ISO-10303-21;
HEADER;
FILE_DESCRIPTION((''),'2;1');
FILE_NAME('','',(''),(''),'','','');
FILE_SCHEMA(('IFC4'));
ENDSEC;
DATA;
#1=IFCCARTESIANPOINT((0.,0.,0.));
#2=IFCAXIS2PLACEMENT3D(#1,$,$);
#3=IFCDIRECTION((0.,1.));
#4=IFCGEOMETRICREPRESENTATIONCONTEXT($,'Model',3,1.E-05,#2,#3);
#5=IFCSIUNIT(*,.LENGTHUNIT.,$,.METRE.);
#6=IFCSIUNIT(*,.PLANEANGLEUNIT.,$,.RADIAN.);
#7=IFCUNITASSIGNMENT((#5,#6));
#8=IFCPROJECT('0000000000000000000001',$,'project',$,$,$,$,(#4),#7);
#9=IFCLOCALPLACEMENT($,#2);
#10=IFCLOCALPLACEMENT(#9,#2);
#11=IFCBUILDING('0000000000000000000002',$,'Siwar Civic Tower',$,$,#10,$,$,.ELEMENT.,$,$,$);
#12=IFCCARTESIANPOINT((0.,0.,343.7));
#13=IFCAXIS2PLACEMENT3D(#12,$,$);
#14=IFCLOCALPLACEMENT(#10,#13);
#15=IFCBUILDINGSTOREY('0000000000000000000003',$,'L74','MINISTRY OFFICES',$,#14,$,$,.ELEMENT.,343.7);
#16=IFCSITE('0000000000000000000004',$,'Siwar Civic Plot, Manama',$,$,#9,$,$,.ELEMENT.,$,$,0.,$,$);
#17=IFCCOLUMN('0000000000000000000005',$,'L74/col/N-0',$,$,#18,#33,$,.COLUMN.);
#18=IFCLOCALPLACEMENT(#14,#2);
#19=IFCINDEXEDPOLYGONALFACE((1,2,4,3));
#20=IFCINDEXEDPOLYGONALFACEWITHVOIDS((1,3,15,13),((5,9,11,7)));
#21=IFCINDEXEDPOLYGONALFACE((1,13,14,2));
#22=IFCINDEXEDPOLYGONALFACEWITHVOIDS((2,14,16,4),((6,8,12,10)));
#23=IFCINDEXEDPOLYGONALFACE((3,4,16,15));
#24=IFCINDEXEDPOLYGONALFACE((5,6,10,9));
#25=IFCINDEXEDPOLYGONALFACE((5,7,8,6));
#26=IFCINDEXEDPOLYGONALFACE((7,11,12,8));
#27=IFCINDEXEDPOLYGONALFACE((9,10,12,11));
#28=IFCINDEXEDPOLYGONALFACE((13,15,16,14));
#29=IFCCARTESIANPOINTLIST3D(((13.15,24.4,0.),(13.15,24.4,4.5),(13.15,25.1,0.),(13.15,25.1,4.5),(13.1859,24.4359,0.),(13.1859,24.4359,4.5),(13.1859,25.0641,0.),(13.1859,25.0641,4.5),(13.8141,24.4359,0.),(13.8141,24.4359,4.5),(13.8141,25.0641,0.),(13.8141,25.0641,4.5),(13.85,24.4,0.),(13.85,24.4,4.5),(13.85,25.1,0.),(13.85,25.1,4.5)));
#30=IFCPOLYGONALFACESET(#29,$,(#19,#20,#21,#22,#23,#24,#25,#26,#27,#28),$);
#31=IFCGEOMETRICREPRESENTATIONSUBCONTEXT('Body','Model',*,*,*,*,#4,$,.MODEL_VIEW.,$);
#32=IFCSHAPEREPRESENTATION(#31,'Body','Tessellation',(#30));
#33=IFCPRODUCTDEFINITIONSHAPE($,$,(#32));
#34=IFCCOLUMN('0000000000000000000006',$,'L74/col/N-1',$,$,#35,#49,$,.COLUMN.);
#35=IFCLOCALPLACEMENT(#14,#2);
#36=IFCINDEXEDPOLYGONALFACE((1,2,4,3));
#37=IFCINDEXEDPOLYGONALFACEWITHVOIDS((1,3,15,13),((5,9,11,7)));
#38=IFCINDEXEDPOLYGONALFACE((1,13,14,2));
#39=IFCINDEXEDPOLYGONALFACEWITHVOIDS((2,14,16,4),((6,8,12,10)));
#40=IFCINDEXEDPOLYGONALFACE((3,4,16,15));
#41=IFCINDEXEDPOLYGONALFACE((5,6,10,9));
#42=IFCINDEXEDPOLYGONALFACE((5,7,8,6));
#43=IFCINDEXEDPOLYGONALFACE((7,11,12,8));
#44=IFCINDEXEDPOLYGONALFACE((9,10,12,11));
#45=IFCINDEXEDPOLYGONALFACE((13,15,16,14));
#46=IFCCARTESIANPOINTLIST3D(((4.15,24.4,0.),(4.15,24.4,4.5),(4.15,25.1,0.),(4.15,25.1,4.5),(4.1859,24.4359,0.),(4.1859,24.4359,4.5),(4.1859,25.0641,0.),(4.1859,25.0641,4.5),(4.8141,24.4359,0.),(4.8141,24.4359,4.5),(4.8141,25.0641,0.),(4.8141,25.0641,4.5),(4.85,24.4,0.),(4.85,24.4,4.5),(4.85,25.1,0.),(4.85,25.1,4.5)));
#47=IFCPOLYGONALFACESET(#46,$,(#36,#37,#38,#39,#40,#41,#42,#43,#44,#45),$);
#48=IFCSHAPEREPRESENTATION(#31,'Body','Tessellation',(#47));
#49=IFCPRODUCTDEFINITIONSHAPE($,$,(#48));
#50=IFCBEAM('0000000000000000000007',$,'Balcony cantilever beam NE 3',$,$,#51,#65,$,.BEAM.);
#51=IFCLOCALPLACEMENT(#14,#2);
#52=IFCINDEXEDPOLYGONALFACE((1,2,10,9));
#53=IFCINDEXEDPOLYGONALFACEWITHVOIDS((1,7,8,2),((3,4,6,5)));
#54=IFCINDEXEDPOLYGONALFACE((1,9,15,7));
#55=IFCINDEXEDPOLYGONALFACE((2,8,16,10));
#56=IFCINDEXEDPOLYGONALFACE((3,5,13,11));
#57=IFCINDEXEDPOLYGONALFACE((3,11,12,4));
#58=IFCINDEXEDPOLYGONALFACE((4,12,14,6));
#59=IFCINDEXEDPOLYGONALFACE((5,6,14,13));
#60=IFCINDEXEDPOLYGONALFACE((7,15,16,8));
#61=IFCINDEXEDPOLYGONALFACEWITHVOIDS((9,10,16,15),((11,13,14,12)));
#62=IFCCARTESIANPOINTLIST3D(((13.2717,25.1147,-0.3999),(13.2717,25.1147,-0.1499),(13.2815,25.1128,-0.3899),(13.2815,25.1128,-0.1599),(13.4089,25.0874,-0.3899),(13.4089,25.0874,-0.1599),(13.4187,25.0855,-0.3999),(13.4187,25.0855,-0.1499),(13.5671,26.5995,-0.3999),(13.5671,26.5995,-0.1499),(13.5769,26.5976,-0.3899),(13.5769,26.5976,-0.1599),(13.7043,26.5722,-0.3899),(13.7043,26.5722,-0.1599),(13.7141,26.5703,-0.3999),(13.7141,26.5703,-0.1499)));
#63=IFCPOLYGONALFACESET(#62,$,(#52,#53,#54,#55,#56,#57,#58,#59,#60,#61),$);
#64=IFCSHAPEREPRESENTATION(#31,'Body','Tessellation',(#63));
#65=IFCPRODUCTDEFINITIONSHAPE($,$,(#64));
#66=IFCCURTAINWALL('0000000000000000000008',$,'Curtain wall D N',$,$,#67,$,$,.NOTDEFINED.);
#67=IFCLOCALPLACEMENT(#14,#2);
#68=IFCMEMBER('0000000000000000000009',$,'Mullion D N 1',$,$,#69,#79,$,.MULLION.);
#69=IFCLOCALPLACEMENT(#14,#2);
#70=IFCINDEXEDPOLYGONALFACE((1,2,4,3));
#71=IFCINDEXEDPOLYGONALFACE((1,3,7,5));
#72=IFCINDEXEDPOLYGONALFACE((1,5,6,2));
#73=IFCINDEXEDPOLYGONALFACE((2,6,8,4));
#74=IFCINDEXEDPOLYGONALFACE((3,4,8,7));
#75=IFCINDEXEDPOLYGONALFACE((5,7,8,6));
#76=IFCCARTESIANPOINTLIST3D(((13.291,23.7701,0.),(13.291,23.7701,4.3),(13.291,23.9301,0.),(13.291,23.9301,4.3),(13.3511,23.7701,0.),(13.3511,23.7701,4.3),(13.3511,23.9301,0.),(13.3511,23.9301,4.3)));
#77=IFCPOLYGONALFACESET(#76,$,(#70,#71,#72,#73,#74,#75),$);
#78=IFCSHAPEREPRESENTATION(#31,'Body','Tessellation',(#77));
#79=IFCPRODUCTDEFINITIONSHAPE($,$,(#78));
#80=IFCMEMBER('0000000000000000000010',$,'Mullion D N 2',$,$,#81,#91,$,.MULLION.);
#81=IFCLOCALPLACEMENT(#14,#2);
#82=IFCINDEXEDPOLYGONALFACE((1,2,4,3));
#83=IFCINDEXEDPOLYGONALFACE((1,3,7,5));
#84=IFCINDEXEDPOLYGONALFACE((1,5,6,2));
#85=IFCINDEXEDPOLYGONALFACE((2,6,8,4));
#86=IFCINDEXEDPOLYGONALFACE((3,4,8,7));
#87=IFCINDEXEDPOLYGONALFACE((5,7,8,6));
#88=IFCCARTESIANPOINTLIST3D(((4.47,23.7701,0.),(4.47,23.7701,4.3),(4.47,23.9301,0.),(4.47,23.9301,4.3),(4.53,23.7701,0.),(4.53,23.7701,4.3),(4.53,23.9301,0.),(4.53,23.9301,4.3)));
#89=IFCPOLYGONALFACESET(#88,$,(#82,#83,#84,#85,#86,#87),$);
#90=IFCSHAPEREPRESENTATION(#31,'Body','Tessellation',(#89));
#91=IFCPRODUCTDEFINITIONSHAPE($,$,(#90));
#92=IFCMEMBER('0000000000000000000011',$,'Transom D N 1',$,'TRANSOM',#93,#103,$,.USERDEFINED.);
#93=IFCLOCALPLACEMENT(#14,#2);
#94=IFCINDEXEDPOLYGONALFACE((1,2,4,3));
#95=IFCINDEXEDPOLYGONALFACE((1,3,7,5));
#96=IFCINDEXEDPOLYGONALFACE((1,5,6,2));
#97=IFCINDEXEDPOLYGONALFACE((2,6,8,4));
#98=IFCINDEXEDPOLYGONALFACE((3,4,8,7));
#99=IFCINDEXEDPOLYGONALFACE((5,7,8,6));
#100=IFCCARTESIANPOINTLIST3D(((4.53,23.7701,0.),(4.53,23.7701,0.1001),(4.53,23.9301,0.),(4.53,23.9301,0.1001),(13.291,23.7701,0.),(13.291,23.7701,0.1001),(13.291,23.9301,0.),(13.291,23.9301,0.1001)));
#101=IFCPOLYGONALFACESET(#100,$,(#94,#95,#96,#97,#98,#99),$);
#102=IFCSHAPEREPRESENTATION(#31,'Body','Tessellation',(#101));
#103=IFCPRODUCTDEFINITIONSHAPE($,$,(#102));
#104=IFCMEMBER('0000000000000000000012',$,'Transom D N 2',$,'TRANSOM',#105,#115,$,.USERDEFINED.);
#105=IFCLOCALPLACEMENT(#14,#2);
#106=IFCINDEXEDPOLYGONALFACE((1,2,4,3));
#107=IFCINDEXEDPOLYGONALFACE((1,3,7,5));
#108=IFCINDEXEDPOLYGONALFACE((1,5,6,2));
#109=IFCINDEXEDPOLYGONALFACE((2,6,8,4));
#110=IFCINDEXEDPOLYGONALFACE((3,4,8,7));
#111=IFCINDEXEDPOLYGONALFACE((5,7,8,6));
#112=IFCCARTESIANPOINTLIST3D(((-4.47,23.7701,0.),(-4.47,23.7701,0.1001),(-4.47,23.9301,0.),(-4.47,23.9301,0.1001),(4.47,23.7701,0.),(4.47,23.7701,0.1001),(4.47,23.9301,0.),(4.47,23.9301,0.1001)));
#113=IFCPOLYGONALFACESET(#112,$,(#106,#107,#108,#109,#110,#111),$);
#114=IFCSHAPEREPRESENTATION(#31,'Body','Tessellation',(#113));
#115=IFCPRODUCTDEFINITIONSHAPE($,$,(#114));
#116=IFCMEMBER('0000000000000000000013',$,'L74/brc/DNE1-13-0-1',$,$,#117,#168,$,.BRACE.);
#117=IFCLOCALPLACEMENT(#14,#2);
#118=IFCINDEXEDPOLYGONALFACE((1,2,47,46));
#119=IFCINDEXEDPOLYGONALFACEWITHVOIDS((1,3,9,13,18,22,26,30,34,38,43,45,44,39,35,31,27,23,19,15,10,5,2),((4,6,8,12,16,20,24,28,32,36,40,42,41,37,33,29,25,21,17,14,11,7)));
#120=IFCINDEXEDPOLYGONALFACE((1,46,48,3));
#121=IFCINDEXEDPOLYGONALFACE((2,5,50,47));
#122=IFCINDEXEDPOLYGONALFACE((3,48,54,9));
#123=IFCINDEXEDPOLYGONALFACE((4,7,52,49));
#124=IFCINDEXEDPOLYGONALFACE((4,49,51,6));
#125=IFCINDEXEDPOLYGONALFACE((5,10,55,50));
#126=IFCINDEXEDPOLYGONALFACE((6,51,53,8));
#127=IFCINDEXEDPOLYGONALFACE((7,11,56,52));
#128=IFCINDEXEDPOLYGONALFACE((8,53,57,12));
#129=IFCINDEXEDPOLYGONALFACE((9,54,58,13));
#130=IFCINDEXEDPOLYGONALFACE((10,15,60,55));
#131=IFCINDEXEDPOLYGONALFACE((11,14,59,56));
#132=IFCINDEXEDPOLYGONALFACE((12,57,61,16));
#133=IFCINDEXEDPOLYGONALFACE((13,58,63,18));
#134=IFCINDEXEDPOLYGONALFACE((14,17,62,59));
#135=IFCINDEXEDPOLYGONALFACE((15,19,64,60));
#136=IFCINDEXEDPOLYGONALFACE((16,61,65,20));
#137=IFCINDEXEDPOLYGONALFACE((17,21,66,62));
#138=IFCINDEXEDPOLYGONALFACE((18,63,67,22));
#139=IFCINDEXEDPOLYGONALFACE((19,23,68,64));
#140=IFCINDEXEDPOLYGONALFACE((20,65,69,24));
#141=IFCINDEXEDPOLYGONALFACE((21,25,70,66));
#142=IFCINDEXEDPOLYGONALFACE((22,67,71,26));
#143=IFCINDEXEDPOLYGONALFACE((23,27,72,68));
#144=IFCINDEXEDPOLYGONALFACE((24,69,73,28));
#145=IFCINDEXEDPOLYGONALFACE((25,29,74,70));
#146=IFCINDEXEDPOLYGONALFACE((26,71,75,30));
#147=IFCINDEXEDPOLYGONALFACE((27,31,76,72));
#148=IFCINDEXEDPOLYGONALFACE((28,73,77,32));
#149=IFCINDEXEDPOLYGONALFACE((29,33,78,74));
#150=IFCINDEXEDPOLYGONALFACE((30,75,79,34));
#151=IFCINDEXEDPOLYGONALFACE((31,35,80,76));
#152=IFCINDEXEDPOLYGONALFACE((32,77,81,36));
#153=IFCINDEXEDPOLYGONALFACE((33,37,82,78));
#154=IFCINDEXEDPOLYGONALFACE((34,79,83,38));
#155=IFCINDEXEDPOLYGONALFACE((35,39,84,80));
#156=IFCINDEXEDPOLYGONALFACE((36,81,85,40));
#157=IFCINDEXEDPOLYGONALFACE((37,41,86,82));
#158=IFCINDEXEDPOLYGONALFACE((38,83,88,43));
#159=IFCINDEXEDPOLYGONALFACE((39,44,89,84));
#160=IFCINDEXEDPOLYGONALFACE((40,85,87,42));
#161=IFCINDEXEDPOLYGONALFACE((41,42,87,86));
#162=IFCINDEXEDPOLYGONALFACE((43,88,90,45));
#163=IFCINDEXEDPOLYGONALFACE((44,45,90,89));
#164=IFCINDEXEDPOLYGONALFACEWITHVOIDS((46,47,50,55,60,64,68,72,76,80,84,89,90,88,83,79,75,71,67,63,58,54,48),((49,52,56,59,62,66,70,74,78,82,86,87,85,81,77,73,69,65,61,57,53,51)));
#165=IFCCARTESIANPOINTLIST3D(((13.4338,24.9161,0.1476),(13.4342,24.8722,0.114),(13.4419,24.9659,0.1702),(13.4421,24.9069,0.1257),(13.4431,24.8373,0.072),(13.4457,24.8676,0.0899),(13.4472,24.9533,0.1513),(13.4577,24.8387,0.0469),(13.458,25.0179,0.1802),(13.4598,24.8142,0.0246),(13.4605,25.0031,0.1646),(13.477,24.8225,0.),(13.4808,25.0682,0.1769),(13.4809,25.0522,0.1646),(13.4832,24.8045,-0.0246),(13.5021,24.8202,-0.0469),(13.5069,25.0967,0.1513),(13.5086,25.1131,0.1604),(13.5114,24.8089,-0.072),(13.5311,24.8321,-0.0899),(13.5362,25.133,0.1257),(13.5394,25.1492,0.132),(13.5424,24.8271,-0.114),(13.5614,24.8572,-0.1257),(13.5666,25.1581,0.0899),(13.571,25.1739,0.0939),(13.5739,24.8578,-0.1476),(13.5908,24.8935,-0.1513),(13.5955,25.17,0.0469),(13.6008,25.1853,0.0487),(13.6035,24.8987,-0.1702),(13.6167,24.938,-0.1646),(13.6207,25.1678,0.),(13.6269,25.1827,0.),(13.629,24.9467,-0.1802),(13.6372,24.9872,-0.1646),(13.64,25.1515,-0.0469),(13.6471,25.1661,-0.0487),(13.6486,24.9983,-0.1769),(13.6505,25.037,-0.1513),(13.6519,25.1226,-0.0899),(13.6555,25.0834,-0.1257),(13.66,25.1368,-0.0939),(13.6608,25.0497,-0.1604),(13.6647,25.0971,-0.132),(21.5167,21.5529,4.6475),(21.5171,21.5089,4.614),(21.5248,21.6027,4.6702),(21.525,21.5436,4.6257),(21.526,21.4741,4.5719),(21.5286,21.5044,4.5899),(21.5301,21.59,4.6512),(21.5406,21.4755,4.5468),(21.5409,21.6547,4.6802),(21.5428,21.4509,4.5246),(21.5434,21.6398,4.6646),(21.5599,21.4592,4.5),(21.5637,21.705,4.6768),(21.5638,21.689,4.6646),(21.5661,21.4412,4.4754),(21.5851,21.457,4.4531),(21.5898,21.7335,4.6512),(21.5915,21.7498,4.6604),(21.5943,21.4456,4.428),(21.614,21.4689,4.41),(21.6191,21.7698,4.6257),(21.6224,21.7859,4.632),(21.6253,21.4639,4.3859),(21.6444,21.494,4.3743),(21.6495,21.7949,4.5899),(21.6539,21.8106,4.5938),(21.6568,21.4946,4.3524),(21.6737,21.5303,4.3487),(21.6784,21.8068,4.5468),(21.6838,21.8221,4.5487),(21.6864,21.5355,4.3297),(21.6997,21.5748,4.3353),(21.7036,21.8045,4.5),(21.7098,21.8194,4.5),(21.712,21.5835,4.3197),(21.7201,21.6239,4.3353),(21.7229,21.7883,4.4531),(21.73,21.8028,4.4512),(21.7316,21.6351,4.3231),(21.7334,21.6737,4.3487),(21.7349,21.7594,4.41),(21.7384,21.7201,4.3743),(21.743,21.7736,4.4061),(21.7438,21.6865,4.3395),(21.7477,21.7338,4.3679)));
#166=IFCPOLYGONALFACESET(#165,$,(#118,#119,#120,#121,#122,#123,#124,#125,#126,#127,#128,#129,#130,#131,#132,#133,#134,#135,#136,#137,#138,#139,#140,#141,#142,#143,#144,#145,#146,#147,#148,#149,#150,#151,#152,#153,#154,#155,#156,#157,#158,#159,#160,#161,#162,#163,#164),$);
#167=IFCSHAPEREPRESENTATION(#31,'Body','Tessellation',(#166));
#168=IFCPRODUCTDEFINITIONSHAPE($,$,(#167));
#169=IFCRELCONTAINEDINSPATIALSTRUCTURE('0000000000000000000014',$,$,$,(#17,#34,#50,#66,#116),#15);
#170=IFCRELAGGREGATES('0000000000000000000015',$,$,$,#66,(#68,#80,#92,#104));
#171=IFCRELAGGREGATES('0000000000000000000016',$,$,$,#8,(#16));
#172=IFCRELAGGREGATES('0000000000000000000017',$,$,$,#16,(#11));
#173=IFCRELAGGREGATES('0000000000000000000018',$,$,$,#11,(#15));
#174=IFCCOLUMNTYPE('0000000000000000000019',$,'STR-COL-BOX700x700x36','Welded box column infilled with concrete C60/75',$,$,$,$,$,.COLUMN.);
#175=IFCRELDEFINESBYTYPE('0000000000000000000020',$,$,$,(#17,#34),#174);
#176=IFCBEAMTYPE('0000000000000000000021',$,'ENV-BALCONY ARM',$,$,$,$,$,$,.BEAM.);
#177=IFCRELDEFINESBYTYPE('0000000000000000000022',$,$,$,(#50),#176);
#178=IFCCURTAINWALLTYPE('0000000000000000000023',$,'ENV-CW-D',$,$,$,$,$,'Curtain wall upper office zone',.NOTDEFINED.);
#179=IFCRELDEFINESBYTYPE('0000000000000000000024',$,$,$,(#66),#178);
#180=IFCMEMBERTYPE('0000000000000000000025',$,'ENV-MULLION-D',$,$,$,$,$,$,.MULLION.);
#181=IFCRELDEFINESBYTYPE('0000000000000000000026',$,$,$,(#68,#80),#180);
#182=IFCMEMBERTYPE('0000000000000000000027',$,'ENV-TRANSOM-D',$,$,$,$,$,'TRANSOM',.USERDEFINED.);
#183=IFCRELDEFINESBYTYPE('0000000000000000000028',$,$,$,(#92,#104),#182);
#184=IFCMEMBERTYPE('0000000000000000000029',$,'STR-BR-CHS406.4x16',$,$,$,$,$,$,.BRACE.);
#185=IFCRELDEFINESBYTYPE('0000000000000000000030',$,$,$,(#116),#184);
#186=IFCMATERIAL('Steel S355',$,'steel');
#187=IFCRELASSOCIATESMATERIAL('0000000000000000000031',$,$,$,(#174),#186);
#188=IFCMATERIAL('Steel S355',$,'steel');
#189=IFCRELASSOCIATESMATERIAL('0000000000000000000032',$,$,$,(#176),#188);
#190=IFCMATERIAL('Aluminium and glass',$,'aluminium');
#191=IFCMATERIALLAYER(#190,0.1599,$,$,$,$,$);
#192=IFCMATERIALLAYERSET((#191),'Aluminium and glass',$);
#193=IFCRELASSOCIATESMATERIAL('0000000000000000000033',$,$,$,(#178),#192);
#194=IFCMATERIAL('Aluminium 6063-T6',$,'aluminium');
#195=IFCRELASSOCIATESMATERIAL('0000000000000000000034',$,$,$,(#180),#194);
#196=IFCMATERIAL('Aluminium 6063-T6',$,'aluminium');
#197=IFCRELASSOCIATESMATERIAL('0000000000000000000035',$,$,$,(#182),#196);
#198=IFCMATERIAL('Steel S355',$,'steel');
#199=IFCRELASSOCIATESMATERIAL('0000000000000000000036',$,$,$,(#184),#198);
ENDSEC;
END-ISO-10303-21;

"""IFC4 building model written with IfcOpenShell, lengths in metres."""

from ifc_helpers import new_model, si_unit, direction, frame, origin, origin_2d, place, context, subcontext, project, spatial, rectangle, hollow_rectangle, hollow_circle, extrude, material, layer, layer_set, material_profile, profile_set, type_object, element, aggregate, save


model = new_model("IFC4")

# Units and contexts
model_context = context("Model", 3, precision=1e-05, world=origin(), true_north=direction((0.0, 1.0)))
body_context = subcontext(model_context, "Body", "Model", "MODEL_VIEW")
ifc_project = project(units=[si_unit("LENGTHUNIT", "METRE"), si_unit("PLANEANGLEUNIT", "RADIAN")], contexts=[model_context])

# Site, building, storey
site_placement = place(None, origin())
site = spatial("IfcSite", under=ifc_project, at=site_placement, Name="Siwar Civic Plot, Manama", CompositionType="ELEMENT", RefElevation=0.0)
building_placement = place(site_placement, origin())
building = spatial("IfcBuilding", under=site, at=building_placement, Name="Siwar Civic Tower", CompositionType="ELEMENT")
storey_placement = place(building_placement, frame((0.0, 0.0, 343.7)))
storey = spatial("IfcBuildingStorey", under=building, at=storey_placement, Name="L74", Description="MINISTRY OFFICES", CompositionType="ELEMENT", Elevation=343.7)

# Columns
ifc_material_1 = material(Name="Steel S355", Category="steel")
ifc_material_profile_1 = material_profile(ifc_material_1, hollow_rectangle(XDim=0.7, YDim=0.7, WallThickness=0.0359, at=origin_2d()), Name="BOX700x700x36")
ifc_profile_set_1 = profile_set([ifc_material_profile_1], Name="Steel S355")
column_type = type_object("IfcColumnType", Name="STR-COL-BOX700x700x36", Description="Welded box column infilled with concrete C60/75", PredefinedType="COLUMN", material=ifc_profile_set_1)
for number, where, z_axis, x_axis, name in (
    (1, (13.5, 24.75, 0.0), (0.0, 0.0, 1.0), (1.0, 0.0, 0.0), "L74/col/N-0"),
    (2, (4.5, 24.75, 0.0), (0.0, 0.0, 1.0), (1.0, 0.0, 0.0), "L74/col/N-1"),
):
    element("IfcColumn", number, at=place(storey_placement, frame(where, z_axis=z_axis, x_axis=x_axis)), inside=storey, type_object=column_type, Name=name, PredefinedType="COLUMN", context=body_context, shape_type="SweptSolid", body=[
        extrude(hollow_rectangle(XDim=0.7, YDim=0.7, WallThickness=0.0359, at=origin_2d()), origin(), (0.0, 0.0, 1.0), 4.5),
    ])

# Beam
ifc_material_2 = material(Name="Steel S355", Category="steel")
ifc_material_profile_2 = material_profile(ifc_material_2, hollow_rectangle(XDim=0.1499, YDim=0.25, WallThickness=0.01, at=origin_2d()), Name="RHS250x150x10")
ifc_profile_set_2 = profile_set([ifc_material_profile_2], Name="Steel S355")
beam_type_1 = type_object("IfcBeamType", Name="ENV-BALCONY ARM", PredefinedType="BEAM", material=ifc_profile_set_2)
beam_1_placement = place(storey_placement, frame((13.3452, 25.1001, -0.2749), z_axis=(0.195124, 0.980779, 0.0), x_axis=(-0.980779, 0.195124, 0.0)))
element("IfcBeam", 3, at=beam_1_placement, inside=storey, type_object=beam_type_1, Name="Balcony cantilever beam NE 3", PredefinedType="BEAM", context=body_context, shape_type="SweptSolid", body=[
    extrude(hollow_rectangle(XDim=0.1499, YDim=0.25, WallThickness=0.01, at=origin_2d()), origin(), (0.0, 0.0, 1.0), 1.5139),
])

# Curtain wall, members
ifc_material_3 = material(Name="Aluminium and glass", Category="aluminium")
ifc_layer_1 = layer(ifc_material_3, 0.1599)
ifc_layer_set_1 = layer_set([ifc_layer_1], Name="Aluminium and glass")
curtain_wall_type = type_object("IfcCurtainWallType", Name="ENV-CW-D", ElementType="Curtain wall upper office zone", PredefinedType="NOTDEFINED", material=ifc_layer_set_1)
curtain_wall_placement = place(storey_placement, origin())
curtain_wall = element("IfcCurtainWall", 4, at=curtain_wall_placement, inside=storey, type_object=curtain_wall_type, Name="Curtain wall D N", PredefinedType="NOTDEFINED")
ifc_material_4 = material(Name="Aluminium 6063-T6", Category="aluminium")
ifc_material_profile_3 = material_profile(ifc_material_4, rectangle(XDim=0.1599, YDim=0.0601, at=origin_2d()), Name="AL 160x60")
ifc_profile_set_3 = profile_set([ifc_material_profile_3], Name="Aluminium 6063-T6")
member_type_1 = type_object("IfcMemberType", Name="ENV-MULLION-D", PredefinedType="MULLION", material=ifc_profile_set_3)
member_1_placement = place(storey_placement, frame((13.321, 23.8501, 0.0), z_axis=(0.0, 0.0, 1.0), x_axis=(0.0, -1.0, 0.0)))
member_1 = element("IfcMember", 5, at=member_1_placement, type_object=member_type_1, Name="Mullion D N 1", PredefinedType="MULLION", context=body_context, shape_type="SweptSolid", body=[
    extrude(rectangle(XDim=0.1599, YDim=0.0601, at=origin_2d()), origin(), (0.0, 0.0, 1.0), 4.3),
])
member_2_placement = place(storey_placement, frame((4.5, 23.8501, 0.0), z_axis=(0.0, 0.0, 1.0), x_axis=(0.0, -1.0, 0.0)))
member_2 = element("IfcMember", 6, at=member_2_placement, type_object=member_type_1, Name="Mullion D N 2", PredefinedType="MULLION", context=body_context, shape_type="SweptSolid", body=[
    extrude(rectangle(XDim=0.1599, YDim=0.0601, at=origin_2d()), origin(), (0.0, 0.0, 1.0), 4.3),
])
ifc_material_5 = material(Name="Aluminium 6063-T6", Category="aluminium")
ifc_material_profile_4 = material_profile(ifc_material_5, rectangle(XDim=0.1599, YDim=0.1001, at=origin_2d()), Name="AL 160x100")
ifc_profile_set_4 = profile_set([ifc_material_profile_4], Name="Aluminium 6063-T6")
member_type_2 = type_object("IfcMemberType", Name="ENV-TRANSOM-D", ElementType="TRANSOM", PredefinedType="USERDEFINED", material=ifc_profile_set_4)
member_3_placement = place(storey_placement, frame((13.291, 23.8501, 0.05), z_axis=(-1.0, 0.0, 0.0), x_axis=(0.0, -1.0, 0.0)))
member_3 = element("IfcMember", 7, at=member_3_placement, type_object=member_type_2, Name="Transom D N 1", ObjectType="TRANSOM", PredefinedType="USERDEFINED", context=body_context, shape_type="SweptSolid", body=[
    extrude(rectangle(XDim=0.1599, YDim=0.1001, at=origin_2d()), origin(), (0.0, 0.0, 1.0), 8.761),
])
member_4_placement = place(storey_placement, frame((4.47, 23.8501, 0.05), z_axis=(-1.0, 0.0, 0.0), x_axis=(0.0, -1.0, 0.0)))
member_4 = element("IfcMember", 8, at=member_4_placement, type_object=member_type_2, Name="Transom D N 2", ObjectType="TRANSOM", PredefinedType="USERDEFINED", context=body_context, shape_type="SweptSolid", body=[
    extrude(rectangle(XDim=0.1599, YDim=0.1001, at=origin_2d()), origin(), (0.0, 0.0, 1.0), 8.9399),
])

# Member
ifc_material_6 = material(Name="Steel S355", Category="steel")
ifc_material_profile_5 = material_profile(ifc_material_6, hollow_circle(Radius=0.2031, WallThickness=0.0161, at=origin_2d()), Name="CHS406.4x16")
ifc_profile_set_5 = profile_set([ifc_material_profile_5], Name="Steel S355")
member_type_3 = type_object("IfcMemberType", Name="STR-BR-CHS406.4x16", PredefinedType="BRACE", material=ifc_profile_set_5)
member_5_placement = place(storey_placement, frame((13.5488, 24.9951, 0.0), z_axis=(0.821143, -0.341671, 0.457149), x_axis=(0.384164, 0.923265, 0.0)))
element("IfcMember", 9, at=member_5_placement, inside=storey, type_object=member_type_3, Name="L74/brc/DNE1-13-0-1", PredefinedType="BRACE", context=body_context, shape_type="SweptSolid", body=[
    extrude(hollow_circle(Radius=0.2031, WallThickness=0.0161, at=origin_2d()), origin(), (0.0, 0.0, 1.0), 9.8435),
])

aggregate(curtain_wall, [member_1, member_2, member_3, member_4])

save(model, "model.ifc")
